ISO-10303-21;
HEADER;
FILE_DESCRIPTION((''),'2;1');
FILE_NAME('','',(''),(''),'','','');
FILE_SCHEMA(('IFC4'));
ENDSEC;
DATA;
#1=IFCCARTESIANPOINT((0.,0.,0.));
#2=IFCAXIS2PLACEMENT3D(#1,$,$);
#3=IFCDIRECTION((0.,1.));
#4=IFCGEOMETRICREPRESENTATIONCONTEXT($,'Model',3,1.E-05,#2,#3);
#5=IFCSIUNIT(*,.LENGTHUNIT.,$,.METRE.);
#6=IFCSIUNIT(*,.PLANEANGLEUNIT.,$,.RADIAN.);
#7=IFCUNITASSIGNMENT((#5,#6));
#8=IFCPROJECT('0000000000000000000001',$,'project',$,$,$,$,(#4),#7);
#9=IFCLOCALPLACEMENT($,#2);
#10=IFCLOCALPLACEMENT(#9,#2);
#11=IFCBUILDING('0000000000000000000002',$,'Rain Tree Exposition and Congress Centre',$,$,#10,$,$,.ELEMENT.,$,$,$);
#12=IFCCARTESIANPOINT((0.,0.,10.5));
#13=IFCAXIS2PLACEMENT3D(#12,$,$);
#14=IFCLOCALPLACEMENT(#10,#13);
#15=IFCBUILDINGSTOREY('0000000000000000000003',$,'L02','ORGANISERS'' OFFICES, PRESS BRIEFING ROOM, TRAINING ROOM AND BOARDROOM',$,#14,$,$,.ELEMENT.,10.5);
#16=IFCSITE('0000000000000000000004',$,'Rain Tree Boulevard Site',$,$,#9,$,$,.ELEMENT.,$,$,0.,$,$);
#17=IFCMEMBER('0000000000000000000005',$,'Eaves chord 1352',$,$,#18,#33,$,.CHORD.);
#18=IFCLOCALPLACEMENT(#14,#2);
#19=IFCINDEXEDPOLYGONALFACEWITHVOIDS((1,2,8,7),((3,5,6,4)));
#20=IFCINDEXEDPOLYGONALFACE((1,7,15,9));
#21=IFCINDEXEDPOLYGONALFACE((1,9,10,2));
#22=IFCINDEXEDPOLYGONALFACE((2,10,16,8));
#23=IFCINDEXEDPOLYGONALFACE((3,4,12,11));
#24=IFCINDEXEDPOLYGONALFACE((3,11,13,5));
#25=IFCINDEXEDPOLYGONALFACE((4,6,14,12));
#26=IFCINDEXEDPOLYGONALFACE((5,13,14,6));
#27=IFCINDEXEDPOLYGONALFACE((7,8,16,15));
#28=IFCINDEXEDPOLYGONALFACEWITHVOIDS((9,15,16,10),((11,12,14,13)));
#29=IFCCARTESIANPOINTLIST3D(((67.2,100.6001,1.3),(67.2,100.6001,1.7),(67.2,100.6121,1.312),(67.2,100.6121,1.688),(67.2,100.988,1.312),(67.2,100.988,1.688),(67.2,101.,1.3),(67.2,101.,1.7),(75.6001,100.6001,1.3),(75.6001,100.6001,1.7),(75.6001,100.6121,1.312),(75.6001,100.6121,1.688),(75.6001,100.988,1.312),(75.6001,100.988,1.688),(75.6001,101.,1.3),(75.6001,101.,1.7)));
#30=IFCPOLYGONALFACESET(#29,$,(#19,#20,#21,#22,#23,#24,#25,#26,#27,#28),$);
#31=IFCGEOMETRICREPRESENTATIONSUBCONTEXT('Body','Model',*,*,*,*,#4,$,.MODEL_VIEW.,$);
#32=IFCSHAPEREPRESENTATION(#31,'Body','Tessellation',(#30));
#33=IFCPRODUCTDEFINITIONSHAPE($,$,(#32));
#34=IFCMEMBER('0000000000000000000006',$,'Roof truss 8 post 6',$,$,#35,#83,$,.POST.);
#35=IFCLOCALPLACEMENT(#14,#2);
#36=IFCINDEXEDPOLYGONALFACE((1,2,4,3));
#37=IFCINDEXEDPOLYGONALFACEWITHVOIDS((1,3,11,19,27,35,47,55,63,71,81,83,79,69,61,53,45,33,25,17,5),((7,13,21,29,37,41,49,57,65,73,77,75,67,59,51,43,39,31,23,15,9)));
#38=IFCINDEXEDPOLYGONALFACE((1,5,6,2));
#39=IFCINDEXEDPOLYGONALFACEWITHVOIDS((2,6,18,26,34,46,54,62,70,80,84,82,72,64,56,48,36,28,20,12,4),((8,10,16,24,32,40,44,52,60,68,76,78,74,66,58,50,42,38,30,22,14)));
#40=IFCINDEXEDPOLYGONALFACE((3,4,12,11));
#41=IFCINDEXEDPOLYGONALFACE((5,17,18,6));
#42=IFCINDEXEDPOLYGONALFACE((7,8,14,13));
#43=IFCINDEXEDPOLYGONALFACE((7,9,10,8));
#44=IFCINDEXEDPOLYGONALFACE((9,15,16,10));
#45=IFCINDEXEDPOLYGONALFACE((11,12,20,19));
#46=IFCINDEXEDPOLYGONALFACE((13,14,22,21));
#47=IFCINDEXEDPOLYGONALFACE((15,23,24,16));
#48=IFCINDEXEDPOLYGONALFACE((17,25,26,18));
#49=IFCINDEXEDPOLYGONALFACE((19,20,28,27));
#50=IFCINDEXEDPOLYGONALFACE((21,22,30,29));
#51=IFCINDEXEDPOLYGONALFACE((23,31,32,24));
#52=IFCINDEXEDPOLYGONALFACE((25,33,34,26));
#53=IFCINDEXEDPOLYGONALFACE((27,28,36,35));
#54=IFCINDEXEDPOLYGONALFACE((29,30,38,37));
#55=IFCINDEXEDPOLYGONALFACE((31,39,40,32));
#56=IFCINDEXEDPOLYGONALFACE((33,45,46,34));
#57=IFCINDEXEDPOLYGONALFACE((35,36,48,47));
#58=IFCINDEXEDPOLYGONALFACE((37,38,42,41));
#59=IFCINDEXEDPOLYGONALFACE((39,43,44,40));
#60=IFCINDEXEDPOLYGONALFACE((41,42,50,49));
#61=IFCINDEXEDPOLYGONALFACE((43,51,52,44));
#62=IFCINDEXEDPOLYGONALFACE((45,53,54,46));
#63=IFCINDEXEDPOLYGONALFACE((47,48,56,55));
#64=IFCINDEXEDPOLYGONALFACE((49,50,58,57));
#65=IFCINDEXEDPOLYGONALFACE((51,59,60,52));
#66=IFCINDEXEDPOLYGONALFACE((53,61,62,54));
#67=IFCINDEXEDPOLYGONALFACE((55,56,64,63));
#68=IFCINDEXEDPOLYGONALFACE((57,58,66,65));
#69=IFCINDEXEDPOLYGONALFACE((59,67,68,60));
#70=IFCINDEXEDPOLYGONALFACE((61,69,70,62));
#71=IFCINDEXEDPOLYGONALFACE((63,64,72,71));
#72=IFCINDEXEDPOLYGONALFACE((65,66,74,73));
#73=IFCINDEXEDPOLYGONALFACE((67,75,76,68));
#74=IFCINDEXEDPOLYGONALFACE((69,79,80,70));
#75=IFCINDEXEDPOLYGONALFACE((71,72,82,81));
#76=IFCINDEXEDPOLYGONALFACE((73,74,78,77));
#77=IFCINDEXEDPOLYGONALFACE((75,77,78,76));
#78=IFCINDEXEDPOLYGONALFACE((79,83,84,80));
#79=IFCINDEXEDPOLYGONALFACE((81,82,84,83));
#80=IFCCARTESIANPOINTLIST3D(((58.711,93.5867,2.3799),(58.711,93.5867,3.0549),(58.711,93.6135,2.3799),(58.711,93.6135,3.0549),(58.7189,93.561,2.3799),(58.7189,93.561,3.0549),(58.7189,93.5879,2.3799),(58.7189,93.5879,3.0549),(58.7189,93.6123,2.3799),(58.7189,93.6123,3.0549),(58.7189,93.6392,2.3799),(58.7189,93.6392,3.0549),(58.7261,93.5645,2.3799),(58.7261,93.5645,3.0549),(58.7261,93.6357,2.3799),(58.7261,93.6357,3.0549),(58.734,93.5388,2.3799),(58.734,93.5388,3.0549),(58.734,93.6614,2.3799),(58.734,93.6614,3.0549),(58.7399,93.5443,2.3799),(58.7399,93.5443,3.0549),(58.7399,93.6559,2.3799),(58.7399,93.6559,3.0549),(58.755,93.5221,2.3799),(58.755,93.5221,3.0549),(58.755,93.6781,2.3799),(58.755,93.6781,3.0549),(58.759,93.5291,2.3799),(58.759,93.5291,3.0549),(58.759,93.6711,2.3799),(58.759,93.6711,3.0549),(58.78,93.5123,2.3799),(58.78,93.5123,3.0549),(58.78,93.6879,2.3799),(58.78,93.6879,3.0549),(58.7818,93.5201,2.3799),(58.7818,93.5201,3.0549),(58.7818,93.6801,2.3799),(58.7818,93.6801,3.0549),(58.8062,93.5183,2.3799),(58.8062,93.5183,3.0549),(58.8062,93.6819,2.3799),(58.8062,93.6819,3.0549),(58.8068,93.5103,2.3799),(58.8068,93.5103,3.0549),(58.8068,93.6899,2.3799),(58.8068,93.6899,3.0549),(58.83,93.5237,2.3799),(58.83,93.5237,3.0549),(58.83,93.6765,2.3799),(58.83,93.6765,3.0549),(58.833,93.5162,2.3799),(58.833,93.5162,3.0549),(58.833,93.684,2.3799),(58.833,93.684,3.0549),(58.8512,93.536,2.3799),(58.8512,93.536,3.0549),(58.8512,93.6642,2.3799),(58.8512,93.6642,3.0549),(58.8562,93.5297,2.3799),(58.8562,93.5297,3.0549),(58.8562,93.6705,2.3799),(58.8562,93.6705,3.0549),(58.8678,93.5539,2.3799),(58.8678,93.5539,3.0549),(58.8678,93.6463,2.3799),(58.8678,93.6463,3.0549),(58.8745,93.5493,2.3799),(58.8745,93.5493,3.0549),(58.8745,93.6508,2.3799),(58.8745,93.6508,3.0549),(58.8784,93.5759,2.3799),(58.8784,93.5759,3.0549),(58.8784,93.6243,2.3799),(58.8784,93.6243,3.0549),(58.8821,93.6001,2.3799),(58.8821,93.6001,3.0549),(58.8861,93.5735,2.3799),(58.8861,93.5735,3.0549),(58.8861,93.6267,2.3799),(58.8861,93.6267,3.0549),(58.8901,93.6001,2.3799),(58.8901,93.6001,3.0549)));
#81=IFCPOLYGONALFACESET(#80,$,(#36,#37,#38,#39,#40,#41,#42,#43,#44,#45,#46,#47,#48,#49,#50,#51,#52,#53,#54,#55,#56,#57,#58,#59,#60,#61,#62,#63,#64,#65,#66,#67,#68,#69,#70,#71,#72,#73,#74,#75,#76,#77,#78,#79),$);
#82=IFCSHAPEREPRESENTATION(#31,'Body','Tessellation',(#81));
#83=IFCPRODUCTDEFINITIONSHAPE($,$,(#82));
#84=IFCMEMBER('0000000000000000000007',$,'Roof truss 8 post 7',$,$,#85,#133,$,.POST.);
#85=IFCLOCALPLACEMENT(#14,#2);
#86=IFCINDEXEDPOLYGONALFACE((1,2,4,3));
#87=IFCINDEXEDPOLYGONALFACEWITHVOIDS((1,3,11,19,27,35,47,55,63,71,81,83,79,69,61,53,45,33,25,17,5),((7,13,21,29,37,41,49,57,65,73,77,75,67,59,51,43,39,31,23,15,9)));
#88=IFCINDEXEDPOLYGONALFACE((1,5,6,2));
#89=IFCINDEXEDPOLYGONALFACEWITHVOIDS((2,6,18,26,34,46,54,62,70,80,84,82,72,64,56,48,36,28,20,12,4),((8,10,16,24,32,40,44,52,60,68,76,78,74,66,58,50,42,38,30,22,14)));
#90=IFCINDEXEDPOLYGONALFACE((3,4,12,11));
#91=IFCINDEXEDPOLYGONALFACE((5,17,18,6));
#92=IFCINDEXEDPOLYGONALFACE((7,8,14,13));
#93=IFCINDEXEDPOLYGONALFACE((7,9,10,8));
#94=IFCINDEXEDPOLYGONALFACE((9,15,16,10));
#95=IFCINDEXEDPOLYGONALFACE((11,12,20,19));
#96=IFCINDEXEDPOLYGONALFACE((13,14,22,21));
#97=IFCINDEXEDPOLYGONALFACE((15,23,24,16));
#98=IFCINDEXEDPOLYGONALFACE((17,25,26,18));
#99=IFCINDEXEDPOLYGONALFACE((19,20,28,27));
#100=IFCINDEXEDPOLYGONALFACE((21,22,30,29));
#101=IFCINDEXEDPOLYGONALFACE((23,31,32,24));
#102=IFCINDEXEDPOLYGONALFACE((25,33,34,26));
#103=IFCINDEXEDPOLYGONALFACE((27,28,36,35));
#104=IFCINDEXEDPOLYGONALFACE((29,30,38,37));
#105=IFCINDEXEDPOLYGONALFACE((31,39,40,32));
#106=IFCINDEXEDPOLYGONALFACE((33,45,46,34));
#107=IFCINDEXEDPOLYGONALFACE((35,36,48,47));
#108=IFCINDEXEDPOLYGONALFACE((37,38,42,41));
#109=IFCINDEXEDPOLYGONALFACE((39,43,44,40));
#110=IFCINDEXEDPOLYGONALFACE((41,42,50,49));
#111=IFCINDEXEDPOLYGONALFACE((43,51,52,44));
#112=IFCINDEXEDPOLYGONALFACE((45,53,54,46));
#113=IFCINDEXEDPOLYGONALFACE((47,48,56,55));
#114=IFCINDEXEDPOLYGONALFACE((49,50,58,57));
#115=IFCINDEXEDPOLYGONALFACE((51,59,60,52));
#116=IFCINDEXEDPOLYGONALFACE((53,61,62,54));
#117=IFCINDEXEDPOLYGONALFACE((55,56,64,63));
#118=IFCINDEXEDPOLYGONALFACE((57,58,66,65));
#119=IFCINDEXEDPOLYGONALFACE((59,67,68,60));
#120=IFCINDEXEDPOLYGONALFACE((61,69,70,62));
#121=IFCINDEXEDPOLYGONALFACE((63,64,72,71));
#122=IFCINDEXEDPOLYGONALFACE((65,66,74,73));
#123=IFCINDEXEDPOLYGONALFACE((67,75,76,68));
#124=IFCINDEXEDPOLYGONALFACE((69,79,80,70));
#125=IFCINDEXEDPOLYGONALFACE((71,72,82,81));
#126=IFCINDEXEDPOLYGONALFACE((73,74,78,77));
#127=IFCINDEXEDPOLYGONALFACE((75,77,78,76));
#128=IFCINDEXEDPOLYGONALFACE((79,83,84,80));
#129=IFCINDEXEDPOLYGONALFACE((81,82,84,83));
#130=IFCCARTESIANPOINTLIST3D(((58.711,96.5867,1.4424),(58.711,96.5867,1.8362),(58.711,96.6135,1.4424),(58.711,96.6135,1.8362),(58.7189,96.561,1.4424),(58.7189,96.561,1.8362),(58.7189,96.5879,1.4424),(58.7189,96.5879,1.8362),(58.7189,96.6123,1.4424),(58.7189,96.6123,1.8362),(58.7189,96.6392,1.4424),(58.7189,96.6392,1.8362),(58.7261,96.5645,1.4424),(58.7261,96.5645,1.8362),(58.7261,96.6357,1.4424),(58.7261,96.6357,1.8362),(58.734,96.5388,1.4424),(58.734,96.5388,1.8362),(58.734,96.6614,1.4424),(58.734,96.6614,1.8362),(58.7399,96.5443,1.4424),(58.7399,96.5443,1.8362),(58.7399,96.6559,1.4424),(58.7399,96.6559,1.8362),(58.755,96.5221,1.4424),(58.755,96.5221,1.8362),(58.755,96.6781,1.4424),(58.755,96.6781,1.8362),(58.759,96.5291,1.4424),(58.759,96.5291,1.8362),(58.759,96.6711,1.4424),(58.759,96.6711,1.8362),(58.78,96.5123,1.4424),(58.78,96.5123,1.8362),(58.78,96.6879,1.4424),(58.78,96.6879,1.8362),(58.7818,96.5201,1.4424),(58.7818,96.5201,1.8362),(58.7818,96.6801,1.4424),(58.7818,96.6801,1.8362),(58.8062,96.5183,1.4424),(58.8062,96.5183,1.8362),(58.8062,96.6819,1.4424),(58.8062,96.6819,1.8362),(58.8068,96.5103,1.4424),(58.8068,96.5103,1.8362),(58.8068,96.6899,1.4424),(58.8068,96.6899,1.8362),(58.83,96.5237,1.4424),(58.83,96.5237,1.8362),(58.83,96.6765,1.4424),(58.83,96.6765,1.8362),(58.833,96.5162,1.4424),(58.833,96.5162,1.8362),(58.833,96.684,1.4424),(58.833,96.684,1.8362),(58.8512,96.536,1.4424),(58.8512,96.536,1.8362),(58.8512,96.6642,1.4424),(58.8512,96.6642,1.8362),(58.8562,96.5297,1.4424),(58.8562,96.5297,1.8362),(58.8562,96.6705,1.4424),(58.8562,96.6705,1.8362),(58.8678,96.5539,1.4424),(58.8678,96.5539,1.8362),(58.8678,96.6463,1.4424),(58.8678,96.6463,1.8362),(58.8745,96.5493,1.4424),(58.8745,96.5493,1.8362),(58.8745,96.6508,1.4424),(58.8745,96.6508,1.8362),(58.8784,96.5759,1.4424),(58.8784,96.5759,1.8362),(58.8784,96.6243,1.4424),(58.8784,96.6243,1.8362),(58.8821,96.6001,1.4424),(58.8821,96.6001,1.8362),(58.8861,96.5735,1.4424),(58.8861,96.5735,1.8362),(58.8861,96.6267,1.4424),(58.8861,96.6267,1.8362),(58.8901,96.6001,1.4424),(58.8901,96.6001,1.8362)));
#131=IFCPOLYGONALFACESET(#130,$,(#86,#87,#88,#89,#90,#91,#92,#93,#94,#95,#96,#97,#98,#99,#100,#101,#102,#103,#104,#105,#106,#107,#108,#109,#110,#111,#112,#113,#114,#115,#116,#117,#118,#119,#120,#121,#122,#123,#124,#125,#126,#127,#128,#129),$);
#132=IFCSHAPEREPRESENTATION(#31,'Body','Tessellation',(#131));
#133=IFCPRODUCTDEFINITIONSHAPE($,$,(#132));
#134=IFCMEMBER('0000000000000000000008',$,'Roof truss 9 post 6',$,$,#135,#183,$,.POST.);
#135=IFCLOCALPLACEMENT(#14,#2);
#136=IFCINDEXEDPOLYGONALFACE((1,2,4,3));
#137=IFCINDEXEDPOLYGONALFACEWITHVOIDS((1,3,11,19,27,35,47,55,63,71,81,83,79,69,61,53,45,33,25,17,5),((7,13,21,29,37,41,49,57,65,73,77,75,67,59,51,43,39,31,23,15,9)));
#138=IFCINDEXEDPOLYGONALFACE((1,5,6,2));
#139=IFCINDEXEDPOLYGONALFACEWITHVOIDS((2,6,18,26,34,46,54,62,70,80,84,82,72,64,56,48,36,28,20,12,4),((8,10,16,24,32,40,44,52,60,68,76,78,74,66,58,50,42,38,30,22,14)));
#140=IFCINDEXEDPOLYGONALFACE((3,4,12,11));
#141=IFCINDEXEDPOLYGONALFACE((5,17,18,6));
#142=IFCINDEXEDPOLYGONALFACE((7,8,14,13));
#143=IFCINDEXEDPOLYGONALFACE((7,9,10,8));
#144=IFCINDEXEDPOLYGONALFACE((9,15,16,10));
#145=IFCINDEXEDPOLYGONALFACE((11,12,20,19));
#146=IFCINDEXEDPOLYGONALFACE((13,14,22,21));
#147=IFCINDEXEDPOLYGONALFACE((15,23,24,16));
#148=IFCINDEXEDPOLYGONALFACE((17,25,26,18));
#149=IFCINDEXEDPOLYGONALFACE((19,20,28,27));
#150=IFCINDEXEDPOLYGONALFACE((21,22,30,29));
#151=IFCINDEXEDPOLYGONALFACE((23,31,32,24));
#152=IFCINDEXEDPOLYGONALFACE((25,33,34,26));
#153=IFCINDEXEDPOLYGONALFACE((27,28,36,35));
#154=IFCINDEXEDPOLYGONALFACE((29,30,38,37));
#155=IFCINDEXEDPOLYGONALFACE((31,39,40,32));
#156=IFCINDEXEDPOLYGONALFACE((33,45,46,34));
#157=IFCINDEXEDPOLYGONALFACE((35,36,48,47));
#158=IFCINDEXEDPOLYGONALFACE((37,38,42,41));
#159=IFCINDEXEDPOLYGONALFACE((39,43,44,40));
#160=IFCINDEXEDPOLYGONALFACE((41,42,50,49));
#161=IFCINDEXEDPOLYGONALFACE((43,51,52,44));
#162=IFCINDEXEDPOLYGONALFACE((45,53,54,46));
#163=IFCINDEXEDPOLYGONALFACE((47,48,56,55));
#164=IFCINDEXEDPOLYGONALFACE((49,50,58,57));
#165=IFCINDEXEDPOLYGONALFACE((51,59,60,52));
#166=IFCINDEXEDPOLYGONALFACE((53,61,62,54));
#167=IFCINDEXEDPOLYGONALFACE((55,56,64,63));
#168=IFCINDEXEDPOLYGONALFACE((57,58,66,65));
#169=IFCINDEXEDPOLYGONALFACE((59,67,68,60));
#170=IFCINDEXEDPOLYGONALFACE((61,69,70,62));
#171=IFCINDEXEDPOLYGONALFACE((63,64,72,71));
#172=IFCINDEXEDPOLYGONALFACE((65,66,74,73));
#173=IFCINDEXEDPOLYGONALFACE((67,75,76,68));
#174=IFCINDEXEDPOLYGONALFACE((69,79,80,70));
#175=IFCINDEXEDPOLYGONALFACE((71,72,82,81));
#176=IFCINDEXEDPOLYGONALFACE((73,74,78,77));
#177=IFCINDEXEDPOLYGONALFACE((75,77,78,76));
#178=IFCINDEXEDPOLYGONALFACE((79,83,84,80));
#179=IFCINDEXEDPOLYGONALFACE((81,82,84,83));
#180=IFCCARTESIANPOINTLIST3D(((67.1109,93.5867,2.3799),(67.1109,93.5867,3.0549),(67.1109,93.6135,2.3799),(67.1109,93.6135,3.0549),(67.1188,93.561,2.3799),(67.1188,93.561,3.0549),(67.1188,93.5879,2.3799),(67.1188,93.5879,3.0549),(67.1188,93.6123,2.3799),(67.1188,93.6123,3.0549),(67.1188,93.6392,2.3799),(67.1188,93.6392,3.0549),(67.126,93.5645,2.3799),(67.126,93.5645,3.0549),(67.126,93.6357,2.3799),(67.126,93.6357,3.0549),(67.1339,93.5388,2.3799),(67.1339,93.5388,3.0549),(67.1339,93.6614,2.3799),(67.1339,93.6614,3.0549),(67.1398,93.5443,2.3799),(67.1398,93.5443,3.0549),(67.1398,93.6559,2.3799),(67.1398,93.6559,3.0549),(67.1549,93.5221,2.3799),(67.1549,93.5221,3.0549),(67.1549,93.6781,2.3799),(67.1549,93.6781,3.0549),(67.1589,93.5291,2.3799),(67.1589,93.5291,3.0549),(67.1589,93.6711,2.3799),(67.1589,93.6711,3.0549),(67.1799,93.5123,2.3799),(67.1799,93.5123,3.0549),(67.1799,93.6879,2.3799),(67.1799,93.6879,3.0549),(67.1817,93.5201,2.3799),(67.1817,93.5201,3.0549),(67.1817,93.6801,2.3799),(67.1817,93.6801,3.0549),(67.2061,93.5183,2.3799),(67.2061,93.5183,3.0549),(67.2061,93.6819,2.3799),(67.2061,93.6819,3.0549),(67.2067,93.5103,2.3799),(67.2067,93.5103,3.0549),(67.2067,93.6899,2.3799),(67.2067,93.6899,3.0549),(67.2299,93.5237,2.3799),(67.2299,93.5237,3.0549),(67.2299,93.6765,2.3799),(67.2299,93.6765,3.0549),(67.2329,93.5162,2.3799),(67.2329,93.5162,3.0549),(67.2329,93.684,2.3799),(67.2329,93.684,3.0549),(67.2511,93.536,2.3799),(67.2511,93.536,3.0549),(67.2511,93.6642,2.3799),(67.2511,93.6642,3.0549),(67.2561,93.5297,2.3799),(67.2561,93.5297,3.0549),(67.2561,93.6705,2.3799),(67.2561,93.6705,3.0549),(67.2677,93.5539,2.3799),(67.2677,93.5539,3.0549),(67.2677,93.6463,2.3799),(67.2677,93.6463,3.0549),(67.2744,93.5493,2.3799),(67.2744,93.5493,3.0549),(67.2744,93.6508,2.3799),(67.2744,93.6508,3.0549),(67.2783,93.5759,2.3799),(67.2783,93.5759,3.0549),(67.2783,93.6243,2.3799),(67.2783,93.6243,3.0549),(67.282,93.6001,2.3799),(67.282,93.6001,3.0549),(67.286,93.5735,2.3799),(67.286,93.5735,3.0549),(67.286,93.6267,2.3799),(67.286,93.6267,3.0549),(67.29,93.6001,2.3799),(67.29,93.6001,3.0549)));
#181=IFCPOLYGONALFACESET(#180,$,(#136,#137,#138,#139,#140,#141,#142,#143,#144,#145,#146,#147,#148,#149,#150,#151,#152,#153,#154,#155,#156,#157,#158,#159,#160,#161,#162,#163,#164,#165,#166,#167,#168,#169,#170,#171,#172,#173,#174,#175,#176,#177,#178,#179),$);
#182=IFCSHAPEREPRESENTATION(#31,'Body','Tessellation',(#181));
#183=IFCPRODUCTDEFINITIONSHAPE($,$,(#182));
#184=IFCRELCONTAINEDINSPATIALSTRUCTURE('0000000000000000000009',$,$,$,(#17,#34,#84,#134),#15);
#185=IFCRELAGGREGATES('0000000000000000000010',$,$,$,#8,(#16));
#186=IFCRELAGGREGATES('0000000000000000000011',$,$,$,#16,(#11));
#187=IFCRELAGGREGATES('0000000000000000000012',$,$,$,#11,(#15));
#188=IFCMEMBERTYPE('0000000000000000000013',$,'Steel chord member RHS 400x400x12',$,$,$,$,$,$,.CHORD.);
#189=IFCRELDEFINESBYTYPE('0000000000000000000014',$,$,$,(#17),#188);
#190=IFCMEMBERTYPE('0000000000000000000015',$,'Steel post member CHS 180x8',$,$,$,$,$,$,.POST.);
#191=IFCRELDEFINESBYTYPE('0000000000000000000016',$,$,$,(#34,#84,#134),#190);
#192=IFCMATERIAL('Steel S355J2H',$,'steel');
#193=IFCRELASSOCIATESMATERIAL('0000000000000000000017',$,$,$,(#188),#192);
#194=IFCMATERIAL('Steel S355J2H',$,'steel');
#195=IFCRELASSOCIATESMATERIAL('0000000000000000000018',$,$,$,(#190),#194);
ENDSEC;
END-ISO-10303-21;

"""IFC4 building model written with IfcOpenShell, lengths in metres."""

from ifc_helpers import new_model, si_unit, direction, frame, origin, origin_2d, place, context, subcontext, project, spatial, hollow_rectangle, hollow_circle, extrude, material, material_profile, profile_set, type_object, element, save


model = new_model("IFC4")

# Units and contexts
model_context = context("Model", 3, precision=1e-05, world=origin(), true_north=direction((0.0, 1.0)))
body_context = subcontext(model_context, "Body", "Model", "MODEL_VIEW")
ifc_project = project(units=[si_unit("LENGTHUNIT", "METRE"), si_unit("PLANEANGLEUNIT", "RADIAN")], contexts=[model_context])

# Site, building, storey
site_placement = place(None, origin())
site = spatial("IfcSite", under=ifc_project, at=site_placement, Name="Rain Tree Boulevard Site", CompositionType="ELEMENT", RefElevation=0.0)
building_placement = place(site_placement, origin())
building = spatial("IfcBuilding", under=site, at=building_placement, Name="Rain Tree Exposition and Congress Centre", CompositionType="ELEMENT")
storey_placement = place(building_placement, frame((0.0, 0.0, 10.5)))
storey = spatial("IfcBuildingStorey", under=building, at=storey_placement, Name="L02", Description="ORGANISERS' OFFICES, PRESS BRIEFING ROOM, TRAINING ROOM AND BOARDROOM", CompositionType="ELEMENT", Elevation=10.5)

# Members
ifc_material_1 = material(Name="Steel S355J2H", Category="steel")
ifc_material_profile_1 = material_profile(ifc_material_1, hollow_rectangle(XDim=0.3999, YDim=0.3999, WallThickness=0.012, at=origin_2d()), Name="RHS 400x400x12")
ifc_profile_set_1 = profile_set([ifc_material_profile_1], Name="Steel S355J2H")
member_type_1 = type_object("IfcMemberType", Name="Steel chord member RHS 400x400x12", PredefinedType="CHORD", material=ifc_profile_set_1)
member_1_placement = place(storey_placement, frame((67.2, 100.8, 1.5), z_axis=(1.0, 0.0, 0.0), x_axis=(0.0, 1.0, 0.0)))
element("IfcMember", 1, at=member_1_placement, inside=storey, type_object=member_type_1, Name="Eaves chord 1352", PredefinedType="CHORD", context=body_context, shape_type="SweptSolid", body=[
    extrude(hollow_rectangle(XDim=0.3999, YDim=0.3999, WallThickness=0.012, at=origin_2d()), origin(), (0.0, 0.0, 1.0), 8.4001),
])
ifc_material_2 = material(Name="Steel S355J2H", Category="steel")
ifc_material_profile_2 = material_profile(ifc_material_2, hollow_circle(Radius=0.0901, WallThickness=0.0081, at=origin_2d()), Name="CHS 180x8")
ifc_profile_set_2 = profile_set([ifc_material_profile_2], Name="Steel S355J2H")
member_type_2 = type_object("IfcMemberType", Name="Steel post member CHS 180x8", PredefinedType="POST", material=ifc_profile_set_2)
member_2_placement = place(storey_placement, frame((58.8, 93.6001, 2.3799), z_axis=(0.0, 0.0, 1.0), x_axis=(1.0, 0.0, 0.0)))
element("IfcMember", 2, at=member_2_placement, inside=storey, type_object=member_type_2, Name="Roof truss 8 post 6", PredefinedType="POST", context=body_context, shape_type="SweptSolid", body=[
    extrude(hollow_circle(Radius=0.0901, WallThickness=0.0081, at=origin_2d()), origin(), (0.0, 0.0, 1.0), 0.675),
])
member_3_placement = place(storey_placement, frame((58.8, 96.6001, 1.4424), z_axis=(0.0, 0.0, 1.0), x_axis=(1.0, 0.0, 0.0)))
element("IfcMember", 3, at=member_3_placement, inside=storey, type_object=member_type_2, Name="Roof truss 8 post 7", PredefinedType="POST", context=body_context, shape_type="SweptSolid", body=[
    extrude(hollow_circle(Radius=0.0901, WallThickness=0.0081, at=origin_2d()), origin(), (0.0, 0.0, 1.0), 0.3938),
])
member_4_placement = place(storey_placement, frame((67.2, 93.6001, 2.3799), z_axis=(0.0, 0.0, 1.0), x_axis=(1.0, 0.0, 0.0)))
element("IfcMember", 4, at=member_4_placement, inside=storey, type_object=member_type_2, Name="Roof truss 9 post 6", PredefinedType="POST", context=body_context, shape_type="SweptSolid", body=[
    extrude(hollow_circle(Radius=0.0901, WallThickness=0.0081, at=origin_2d()), origin(), (0.0, 0.0, 1.0), 0.675),
])

save(model, "model.ifc")
